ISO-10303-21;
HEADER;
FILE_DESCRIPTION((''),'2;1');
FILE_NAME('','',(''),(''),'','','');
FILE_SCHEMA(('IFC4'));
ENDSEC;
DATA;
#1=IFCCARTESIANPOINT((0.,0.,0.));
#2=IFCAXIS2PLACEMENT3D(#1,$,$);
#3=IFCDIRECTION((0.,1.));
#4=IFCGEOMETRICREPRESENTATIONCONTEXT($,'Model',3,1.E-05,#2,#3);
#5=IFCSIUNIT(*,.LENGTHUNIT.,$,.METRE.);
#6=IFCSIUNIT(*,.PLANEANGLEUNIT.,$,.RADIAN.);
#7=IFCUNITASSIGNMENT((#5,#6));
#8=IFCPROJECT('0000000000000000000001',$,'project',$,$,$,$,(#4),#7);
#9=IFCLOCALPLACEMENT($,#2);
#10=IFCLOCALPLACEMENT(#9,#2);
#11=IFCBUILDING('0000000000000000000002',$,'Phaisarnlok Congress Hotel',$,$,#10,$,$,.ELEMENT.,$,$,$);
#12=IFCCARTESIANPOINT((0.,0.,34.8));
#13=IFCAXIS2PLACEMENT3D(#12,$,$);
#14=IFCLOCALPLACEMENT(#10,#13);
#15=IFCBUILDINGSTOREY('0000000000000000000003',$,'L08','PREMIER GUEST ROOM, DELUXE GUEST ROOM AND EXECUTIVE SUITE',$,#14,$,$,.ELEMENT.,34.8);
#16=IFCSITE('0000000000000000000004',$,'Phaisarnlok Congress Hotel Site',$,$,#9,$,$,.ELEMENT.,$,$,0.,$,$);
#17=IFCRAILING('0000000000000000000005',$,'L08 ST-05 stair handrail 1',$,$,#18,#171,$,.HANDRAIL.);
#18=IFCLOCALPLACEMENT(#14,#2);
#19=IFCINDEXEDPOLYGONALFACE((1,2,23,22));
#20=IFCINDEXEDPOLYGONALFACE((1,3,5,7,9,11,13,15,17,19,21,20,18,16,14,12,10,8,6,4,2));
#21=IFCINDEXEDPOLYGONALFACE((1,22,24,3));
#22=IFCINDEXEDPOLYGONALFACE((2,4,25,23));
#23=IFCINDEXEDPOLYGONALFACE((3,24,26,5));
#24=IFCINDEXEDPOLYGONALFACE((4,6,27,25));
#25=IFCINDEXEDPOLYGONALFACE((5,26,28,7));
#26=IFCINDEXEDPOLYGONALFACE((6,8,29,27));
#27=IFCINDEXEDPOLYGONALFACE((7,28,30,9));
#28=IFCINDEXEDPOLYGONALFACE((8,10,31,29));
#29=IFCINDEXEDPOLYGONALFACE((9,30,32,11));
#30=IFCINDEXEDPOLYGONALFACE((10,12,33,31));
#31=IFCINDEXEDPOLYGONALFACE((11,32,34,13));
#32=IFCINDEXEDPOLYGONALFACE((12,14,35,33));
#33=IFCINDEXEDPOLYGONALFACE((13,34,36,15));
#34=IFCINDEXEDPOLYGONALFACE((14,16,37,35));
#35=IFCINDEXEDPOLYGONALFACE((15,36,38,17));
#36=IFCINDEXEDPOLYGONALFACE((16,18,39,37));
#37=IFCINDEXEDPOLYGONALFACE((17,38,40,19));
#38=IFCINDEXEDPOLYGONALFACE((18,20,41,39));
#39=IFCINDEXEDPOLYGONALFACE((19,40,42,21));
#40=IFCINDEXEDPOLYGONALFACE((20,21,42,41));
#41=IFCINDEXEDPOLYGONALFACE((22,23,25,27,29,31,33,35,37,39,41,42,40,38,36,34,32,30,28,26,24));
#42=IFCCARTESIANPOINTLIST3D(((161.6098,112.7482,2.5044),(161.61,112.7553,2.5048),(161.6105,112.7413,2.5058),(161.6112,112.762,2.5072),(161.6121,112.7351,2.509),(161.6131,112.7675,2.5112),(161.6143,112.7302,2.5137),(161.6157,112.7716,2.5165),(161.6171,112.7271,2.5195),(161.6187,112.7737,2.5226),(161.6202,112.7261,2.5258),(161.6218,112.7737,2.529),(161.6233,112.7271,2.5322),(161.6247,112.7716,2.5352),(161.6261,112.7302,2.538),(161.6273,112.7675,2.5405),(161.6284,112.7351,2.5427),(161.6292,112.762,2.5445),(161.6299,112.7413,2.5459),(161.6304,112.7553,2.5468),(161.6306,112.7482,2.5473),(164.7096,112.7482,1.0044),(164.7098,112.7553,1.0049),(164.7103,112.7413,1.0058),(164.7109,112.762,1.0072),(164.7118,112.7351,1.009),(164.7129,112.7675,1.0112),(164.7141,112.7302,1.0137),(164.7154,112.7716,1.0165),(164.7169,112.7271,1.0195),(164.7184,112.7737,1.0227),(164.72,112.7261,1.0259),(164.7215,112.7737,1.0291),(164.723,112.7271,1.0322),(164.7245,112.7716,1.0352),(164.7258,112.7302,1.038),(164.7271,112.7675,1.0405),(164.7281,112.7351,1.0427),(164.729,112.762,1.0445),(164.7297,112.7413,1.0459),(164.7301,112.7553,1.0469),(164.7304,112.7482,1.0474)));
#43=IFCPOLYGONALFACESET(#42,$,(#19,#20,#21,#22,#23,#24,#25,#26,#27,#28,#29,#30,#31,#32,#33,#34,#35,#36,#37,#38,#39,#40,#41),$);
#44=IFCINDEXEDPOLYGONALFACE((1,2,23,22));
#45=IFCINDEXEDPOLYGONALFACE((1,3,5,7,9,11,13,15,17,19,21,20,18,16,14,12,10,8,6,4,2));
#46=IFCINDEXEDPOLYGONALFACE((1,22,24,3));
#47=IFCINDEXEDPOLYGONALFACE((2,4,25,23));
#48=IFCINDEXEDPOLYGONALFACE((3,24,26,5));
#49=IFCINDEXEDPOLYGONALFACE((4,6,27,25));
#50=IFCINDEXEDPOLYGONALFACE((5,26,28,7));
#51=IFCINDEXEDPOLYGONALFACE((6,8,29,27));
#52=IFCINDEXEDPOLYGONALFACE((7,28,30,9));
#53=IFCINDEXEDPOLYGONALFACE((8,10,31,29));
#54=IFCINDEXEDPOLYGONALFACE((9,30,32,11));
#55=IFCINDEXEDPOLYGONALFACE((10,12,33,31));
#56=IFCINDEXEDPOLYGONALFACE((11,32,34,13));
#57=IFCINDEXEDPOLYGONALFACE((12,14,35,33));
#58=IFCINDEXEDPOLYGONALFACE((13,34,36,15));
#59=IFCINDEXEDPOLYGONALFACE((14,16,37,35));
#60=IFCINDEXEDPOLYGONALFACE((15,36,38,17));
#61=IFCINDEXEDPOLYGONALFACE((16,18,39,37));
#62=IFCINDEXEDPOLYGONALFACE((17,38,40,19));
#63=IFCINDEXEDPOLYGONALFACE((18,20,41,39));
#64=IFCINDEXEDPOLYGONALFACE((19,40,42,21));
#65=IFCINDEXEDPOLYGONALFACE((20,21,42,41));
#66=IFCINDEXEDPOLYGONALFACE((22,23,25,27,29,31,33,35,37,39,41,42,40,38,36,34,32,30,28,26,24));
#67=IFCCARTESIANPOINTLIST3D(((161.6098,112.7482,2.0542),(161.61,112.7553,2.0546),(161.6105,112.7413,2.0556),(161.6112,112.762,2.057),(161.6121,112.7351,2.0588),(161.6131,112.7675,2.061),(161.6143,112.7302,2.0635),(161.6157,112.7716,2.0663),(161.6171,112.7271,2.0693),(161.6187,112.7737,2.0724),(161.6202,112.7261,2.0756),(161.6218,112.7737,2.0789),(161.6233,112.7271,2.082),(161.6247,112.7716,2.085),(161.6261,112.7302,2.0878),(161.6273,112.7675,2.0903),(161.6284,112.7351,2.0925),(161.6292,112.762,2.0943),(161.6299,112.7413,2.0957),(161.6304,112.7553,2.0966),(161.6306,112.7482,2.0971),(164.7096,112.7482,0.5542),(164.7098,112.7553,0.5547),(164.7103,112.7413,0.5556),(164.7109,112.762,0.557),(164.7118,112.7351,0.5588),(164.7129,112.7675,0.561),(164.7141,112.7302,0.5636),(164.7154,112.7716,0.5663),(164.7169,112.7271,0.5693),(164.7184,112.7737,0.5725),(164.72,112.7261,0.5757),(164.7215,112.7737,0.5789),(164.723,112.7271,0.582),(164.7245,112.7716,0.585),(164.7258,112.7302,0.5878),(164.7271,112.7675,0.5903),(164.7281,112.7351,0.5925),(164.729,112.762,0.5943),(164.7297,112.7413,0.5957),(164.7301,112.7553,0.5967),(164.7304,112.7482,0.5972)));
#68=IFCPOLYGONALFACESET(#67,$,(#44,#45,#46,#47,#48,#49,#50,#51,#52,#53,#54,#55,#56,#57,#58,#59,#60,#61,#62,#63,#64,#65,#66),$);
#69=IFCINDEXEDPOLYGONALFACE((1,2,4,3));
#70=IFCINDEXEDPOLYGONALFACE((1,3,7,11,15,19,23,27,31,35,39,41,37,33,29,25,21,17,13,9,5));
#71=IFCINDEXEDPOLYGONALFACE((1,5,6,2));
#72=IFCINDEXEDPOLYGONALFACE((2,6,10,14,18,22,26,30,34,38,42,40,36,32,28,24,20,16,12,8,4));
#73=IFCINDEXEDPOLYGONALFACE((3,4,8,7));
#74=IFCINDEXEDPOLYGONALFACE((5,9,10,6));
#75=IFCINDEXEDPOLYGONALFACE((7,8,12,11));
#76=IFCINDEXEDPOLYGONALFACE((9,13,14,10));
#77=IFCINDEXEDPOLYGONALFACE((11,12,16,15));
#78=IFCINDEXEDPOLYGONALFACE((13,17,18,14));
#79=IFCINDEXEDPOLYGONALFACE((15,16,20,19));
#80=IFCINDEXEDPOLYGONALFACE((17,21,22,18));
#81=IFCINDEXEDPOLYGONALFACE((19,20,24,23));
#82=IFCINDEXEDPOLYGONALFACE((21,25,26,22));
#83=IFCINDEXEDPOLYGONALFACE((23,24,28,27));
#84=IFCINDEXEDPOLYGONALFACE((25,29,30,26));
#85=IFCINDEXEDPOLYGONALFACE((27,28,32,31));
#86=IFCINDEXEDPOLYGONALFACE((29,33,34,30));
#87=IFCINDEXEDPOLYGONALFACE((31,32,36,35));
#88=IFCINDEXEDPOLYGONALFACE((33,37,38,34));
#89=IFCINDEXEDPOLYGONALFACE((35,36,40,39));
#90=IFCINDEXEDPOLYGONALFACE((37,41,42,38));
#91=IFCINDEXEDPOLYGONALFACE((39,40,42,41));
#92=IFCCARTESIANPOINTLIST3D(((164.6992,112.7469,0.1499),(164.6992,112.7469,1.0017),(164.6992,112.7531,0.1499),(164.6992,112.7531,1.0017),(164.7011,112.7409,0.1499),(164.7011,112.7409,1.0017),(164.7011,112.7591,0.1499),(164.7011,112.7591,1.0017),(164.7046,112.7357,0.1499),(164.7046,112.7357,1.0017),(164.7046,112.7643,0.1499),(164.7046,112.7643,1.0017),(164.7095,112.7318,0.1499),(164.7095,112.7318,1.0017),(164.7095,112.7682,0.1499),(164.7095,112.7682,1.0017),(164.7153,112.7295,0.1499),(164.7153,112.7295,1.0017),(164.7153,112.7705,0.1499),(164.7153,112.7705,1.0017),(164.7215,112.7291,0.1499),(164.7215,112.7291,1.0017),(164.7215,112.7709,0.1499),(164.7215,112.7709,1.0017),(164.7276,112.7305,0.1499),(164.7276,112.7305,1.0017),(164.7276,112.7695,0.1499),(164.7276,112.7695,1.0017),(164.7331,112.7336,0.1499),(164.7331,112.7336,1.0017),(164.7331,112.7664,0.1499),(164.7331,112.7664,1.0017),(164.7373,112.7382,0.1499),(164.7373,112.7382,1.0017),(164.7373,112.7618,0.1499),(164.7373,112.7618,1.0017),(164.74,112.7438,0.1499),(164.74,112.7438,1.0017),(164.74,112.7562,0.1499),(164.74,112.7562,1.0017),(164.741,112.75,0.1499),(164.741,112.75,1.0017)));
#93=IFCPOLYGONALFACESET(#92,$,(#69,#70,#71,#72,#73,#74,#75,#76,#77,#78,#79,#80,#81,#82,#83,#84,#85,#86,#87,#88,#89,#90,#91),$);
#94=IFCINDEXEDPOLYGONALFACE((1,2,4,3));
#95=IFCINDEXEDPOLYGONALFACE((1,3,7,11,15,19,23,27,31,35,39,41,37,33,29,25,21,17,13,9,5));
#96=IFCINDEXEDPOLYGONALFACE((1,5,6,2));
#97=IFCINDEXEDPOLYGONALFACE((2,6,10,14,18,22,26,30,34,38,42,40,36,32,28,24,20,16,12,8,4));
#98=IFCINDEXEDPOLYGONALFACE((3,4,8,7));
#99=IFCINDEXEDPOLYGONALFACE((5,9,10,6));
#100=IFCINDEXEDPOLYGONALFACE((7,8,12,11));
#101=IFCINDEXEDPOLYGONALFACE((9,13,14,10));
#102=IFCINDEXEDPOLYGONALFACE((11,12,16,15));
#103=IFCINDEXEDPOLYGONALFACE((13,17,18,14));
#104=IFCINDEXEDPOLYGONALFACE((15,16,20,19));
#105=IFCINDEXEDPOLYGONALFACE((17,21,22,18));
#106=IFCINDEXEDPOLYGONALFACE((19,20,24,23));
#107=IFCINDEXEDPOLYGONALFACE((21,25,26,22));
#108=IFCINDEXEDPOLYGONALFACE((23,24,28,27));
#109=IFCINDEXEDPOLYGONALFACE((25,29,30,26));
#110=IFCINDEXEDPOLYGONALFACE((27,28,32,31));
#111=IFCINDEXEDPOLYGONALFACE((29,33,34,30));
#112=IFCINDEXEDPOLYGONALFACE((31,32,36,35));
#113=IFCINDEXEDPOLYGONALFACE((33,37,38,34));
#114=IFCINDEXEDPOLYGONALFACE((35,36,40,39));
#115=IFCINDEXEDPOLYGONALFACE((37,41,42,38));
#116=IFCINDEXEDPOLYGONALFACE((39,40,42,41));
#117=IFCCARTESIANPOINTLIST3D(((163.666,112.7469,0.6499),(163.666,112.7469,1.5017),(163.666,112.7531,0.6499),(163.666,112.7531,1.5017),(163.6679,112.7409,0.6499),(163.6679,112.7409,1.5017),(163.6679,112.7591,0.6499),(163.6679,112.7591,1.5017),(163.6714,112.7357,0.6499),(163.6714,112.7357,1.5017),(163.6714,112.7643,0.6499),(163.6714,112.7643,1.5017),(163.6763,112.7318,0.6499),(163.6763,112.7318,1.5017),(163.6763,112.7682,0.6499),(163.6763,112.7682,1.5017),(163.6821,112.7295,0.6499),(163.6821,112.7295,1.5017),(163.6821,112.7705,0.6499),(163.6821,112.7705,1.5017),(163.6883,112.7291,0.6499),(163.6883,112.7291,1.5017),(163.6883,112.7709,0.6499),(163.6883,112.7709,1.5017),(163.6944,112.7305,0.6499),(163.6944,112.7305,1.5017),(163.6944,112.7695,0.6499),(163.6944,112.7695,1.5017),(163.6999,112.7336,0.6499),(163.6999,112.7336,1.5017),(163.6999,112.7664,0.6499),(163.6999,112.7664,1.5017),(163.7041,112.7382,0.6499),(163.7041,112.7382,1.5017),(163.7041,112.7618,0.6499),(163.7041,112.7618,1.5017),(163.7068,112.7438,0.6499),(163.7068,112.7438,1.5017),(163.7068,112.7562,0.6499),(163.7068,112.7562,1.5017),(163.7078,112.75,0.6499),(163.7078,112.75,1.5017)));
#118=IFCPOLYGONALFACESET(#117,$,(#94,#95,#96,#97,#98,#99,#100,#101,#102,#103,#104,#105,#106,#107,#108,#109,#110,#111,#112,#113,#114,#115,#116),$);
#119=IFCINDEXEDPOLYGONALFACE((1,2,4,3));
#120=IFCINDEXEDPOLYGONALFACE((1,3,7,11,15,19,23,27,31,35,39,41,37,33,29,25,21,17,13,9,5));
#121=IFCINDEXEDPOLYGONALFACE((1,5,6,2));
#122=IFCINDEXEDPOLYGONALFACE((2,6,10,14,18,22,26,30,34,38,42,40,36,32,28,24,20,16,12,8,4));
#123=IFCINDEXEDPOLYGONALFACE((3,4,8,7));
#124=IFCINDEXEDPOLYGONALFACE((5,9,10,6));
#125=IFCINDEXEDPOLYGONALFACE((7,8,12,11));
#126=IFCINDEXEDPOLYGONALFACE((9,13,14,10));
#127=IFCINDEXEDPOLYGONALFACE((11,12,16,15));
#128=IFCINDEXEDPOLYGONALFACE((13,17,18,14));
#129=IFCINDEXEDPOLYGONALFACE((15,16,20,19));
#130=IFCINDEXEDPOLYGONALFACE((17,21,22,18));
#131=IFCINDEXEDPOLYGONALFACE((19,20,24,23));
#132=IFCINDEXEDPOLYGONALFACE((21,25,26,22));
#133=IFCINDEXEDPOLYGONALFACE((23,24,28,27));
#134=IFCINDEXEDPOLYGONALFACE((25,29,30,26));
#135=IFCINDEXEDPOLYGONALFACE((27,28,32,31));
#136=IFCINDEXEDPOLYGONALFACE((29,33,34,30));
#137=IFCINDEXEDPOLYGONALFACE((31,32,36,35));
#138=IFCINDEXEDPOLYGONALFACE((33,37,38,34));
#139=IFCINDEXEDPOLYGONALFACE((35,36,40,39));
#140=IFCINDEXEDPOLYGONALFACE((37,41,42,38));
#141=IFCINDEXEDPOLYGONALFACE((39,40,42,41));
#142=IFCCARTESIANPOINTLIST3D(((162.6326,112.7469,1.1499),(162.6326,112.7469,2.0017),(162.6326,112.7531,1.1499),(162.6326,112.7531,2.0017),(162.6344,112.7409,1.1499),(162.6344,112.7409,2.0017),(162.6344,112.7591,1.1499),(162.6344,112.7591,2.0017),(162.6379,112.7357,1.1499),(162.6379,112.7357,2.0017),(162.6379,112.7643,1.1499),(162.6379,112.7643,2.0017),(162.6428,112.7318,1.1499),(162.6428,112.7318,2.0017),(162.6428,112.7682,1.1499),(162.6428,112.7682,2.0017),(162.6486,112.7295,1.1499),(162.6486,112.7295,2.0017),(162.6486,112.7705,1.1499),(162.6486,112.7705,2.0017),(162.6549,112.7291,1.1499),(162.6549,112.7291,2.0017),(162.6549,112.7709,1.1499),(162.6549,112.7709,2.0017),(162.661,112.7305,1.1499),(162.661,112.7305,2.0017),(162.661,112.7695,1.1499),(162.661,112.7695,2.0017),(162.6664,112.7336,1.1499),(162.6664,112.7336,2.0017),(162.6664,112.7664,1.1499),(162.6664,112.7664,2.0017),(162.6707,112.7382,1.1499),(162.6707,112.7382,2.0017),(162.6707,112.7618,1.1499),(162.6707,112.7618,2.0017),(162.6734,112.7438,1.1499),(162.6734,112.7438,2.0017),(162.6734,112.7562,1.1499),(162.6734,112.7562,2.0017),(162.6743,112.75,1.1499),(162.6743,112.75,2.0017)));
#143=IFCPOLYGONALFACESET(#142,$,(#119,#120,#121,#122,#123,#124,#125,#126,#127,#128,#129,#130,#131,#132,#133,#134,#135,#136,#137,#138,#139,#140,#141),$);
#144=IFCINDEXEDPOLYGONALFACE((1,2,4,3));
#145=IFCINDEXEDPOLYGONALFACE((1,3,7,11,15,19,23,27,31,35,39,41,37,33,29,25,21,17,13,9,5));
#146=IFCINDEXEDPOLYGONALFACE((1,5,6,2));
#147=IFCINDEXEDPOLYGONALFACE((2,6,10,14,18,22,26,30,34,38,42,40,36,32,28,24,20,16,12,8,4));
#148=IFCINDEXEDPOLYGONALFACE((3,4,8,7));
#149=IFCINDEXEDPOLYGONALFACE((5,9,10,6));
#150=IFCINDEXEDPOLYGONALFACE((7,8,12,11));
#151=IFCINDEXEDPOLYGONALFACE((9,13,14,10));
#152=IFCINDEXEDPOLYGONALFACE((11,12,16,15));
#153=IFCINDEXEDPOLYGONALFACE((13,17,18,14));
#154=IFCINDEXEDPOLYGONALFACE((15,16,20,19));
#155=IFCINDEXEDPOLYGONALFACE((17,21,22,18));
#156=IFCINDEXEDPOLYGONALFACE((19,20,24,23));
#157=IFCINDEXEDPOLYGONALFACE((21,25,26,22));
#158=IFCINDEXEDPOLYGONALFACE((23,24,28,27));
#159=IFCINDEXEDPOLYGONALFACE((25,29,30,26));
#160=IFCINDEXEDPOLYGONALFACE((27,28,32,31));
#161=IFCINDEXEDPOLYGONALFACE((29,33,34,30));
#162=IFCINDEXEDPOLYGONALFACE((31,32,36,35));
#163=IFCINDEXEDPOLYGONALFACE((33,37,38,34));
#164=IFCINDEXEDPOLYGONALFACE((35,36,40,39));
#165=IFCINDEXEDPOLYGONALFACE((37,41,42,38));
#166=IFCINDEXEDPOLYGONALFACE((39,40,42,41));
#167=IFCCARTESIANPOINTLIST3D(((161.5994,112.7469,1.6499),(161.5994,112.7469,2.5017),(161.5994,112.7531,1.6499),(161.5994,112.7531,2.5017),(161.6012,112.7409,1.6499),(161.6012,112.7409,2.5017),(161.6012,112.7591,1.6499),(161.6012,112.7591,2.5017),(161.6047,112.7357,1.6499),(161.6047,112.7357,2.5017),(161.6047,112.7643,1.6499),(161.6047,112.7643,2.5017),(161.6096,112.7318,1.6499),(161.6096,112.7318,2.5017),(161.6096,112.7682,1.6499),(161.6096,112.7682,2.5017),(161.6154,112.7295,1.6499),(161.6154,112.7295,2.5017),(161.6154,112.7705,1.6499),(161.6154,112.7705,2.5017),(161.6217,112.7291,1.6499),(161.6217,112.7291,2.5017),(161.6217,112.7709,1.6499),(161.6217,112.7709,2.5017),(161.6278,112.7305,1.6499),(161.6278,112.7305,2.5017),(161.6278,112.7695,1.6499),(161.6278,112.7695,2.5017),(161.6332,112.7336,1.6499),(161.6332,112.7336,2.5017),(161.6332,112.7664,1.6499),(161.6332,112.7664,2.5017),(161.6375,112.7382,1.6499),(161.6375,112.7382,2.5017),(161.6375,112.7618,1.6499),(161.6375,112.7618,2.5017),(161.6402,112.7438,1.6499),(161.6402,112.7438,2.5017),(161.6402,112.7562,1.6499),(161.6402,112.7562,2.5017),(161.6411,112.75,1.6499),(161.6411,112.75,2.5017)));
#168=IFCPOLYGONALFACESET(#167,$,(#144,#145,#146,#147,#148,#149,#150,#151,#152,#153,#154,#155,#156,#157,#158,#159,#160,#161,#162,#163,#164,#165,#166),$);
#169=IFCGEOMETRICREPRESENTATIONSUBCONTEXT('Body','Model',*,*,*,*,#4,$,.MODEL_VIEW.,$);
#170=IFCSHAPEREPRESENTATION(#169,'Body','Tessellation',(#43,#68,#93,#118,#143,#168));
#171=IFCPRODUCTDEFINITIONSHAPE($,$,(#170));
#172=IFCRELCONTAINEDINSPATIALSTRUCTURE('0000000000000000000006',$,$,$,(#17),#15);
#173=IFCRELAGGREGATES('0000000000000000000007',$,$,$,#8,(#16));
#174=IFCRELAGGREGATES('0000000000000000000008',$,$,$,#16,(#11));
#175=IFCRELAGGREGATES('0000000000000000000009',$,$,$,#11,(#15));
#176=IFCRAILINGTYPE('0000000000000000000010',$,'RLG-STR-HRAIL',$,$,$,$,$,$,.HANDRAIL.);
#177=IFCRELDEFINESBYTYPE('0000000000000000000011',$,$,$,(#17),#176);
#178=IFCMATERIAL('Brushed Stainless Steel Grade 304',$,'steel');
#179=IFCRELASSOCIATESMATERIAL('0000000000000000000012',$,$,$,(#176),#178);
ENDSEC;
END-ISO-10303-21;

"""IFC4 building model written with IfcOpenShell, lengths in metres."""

from ifc_helpers import new_model, si_unit, direction, frame, origin, origin_2d, place, context, subcontext, project, spatial, circle, extrude, material, type_object, element, save


model = new_model("IFC4")

# Units and contexts
model_context = context("Model", 3, precision=1e-05, world=origin(), true_north=direction((0.0, 1.0)))
body_context = subcontext(model_context, "Body", "Model", "MODEL_VIEW")
ifc_project = project(units=[si_unit("LENGTHUNIT", "METRE"), si_unit("PLANEANGLEUNIT", "RADIAN")], contexts=[model_context])

# Site, building, storey
site_placement = place(None, origin())
site = spatial("IfcSite", under=ifc_project, at=site_placement, Name="Phaisarnlok Congress Hotel Site", CompositionType="ELEMENT", RefElevation=0.0)
building_placement = place(site_placement, origin())
building = spatial("IfcBuilding", under=site, at=building_placement, Name="Phaisarnlok Congress Hotel", CompositionType="ELEMENT")
storey_placement = place(building_placement, frame((0.0, 0.0, 34.8)))
storey = spatial("IfcBuildingStorey", under=building, at=storey_placement, Name="L08", Description="PREMIER GUEST ROOM, DELUXE GUEST ROOM AND EXECUTIVE SUITE", CompositionType="ELEMENT", Elevation=34.8)

# Railing
ifc_material_1 = material(Name="Brushed Stainless Steel Grade 304", Category="steel")
railing_type_1 = type_object("IfcRailingType", Name="RLG-STR-HRAIL", PredefinedType="HANDRAIL", material=ifc_material_1)
railing_1_placement = place(storey_placement, frame((164.72, 112.75, 0.1499)))
element("IfcRailing", 1, at=railing_1_placement, inside=storey, type_object=railing_type_1, Name="L08 ST-05 stair handrail 1", PredefinedType="HANDRAIL", context=body_context, shape_type="SweptSolid", body=[
    extrude(circle(Radius=0.0239, at=origin_2d()), frame((0.0, 0.0, 0.876), z_axis=(-0.900151, 0.0, 0.435578), x_axis=(0.0, -1.0, 0.0)), (0.0, 0.0, 1.0), 3.4436),
    extrude(circle(Radius=0.0239, at=origin_2d()), frame((0.0, 0.0, 0.4258), z_axis=(-0.900151, 0.0, 0.435578), x_axis=(0.0, -1.0, 0.0)), (0.0, 0.0, 1.0), 3.4436),
    extrude(circle(Radius=0.021, at=origin_2d()), origin(), (0.0, 0.0, 1.0), 0.8518),
    extrude(circle(Radius=0.021, at=origin_2d()), frame((-1.0332, 0.0, 0.5)), (0.0, 0.0, 1.0), 0.8518),
    extrude(circle(Radius=0.021, at=origin_2d()), frame((-2.0667, 0.0, 1.0)), (0.0, 0.0, 1.0), 0.8518),
    extrude(circle(Radius=0.021, at=origin_2d()), frame((-3.0999, 0.0, 1.5)), (0.0, 0.0, 1.0), 0.8518),
])

save(model, "model.ifc")
